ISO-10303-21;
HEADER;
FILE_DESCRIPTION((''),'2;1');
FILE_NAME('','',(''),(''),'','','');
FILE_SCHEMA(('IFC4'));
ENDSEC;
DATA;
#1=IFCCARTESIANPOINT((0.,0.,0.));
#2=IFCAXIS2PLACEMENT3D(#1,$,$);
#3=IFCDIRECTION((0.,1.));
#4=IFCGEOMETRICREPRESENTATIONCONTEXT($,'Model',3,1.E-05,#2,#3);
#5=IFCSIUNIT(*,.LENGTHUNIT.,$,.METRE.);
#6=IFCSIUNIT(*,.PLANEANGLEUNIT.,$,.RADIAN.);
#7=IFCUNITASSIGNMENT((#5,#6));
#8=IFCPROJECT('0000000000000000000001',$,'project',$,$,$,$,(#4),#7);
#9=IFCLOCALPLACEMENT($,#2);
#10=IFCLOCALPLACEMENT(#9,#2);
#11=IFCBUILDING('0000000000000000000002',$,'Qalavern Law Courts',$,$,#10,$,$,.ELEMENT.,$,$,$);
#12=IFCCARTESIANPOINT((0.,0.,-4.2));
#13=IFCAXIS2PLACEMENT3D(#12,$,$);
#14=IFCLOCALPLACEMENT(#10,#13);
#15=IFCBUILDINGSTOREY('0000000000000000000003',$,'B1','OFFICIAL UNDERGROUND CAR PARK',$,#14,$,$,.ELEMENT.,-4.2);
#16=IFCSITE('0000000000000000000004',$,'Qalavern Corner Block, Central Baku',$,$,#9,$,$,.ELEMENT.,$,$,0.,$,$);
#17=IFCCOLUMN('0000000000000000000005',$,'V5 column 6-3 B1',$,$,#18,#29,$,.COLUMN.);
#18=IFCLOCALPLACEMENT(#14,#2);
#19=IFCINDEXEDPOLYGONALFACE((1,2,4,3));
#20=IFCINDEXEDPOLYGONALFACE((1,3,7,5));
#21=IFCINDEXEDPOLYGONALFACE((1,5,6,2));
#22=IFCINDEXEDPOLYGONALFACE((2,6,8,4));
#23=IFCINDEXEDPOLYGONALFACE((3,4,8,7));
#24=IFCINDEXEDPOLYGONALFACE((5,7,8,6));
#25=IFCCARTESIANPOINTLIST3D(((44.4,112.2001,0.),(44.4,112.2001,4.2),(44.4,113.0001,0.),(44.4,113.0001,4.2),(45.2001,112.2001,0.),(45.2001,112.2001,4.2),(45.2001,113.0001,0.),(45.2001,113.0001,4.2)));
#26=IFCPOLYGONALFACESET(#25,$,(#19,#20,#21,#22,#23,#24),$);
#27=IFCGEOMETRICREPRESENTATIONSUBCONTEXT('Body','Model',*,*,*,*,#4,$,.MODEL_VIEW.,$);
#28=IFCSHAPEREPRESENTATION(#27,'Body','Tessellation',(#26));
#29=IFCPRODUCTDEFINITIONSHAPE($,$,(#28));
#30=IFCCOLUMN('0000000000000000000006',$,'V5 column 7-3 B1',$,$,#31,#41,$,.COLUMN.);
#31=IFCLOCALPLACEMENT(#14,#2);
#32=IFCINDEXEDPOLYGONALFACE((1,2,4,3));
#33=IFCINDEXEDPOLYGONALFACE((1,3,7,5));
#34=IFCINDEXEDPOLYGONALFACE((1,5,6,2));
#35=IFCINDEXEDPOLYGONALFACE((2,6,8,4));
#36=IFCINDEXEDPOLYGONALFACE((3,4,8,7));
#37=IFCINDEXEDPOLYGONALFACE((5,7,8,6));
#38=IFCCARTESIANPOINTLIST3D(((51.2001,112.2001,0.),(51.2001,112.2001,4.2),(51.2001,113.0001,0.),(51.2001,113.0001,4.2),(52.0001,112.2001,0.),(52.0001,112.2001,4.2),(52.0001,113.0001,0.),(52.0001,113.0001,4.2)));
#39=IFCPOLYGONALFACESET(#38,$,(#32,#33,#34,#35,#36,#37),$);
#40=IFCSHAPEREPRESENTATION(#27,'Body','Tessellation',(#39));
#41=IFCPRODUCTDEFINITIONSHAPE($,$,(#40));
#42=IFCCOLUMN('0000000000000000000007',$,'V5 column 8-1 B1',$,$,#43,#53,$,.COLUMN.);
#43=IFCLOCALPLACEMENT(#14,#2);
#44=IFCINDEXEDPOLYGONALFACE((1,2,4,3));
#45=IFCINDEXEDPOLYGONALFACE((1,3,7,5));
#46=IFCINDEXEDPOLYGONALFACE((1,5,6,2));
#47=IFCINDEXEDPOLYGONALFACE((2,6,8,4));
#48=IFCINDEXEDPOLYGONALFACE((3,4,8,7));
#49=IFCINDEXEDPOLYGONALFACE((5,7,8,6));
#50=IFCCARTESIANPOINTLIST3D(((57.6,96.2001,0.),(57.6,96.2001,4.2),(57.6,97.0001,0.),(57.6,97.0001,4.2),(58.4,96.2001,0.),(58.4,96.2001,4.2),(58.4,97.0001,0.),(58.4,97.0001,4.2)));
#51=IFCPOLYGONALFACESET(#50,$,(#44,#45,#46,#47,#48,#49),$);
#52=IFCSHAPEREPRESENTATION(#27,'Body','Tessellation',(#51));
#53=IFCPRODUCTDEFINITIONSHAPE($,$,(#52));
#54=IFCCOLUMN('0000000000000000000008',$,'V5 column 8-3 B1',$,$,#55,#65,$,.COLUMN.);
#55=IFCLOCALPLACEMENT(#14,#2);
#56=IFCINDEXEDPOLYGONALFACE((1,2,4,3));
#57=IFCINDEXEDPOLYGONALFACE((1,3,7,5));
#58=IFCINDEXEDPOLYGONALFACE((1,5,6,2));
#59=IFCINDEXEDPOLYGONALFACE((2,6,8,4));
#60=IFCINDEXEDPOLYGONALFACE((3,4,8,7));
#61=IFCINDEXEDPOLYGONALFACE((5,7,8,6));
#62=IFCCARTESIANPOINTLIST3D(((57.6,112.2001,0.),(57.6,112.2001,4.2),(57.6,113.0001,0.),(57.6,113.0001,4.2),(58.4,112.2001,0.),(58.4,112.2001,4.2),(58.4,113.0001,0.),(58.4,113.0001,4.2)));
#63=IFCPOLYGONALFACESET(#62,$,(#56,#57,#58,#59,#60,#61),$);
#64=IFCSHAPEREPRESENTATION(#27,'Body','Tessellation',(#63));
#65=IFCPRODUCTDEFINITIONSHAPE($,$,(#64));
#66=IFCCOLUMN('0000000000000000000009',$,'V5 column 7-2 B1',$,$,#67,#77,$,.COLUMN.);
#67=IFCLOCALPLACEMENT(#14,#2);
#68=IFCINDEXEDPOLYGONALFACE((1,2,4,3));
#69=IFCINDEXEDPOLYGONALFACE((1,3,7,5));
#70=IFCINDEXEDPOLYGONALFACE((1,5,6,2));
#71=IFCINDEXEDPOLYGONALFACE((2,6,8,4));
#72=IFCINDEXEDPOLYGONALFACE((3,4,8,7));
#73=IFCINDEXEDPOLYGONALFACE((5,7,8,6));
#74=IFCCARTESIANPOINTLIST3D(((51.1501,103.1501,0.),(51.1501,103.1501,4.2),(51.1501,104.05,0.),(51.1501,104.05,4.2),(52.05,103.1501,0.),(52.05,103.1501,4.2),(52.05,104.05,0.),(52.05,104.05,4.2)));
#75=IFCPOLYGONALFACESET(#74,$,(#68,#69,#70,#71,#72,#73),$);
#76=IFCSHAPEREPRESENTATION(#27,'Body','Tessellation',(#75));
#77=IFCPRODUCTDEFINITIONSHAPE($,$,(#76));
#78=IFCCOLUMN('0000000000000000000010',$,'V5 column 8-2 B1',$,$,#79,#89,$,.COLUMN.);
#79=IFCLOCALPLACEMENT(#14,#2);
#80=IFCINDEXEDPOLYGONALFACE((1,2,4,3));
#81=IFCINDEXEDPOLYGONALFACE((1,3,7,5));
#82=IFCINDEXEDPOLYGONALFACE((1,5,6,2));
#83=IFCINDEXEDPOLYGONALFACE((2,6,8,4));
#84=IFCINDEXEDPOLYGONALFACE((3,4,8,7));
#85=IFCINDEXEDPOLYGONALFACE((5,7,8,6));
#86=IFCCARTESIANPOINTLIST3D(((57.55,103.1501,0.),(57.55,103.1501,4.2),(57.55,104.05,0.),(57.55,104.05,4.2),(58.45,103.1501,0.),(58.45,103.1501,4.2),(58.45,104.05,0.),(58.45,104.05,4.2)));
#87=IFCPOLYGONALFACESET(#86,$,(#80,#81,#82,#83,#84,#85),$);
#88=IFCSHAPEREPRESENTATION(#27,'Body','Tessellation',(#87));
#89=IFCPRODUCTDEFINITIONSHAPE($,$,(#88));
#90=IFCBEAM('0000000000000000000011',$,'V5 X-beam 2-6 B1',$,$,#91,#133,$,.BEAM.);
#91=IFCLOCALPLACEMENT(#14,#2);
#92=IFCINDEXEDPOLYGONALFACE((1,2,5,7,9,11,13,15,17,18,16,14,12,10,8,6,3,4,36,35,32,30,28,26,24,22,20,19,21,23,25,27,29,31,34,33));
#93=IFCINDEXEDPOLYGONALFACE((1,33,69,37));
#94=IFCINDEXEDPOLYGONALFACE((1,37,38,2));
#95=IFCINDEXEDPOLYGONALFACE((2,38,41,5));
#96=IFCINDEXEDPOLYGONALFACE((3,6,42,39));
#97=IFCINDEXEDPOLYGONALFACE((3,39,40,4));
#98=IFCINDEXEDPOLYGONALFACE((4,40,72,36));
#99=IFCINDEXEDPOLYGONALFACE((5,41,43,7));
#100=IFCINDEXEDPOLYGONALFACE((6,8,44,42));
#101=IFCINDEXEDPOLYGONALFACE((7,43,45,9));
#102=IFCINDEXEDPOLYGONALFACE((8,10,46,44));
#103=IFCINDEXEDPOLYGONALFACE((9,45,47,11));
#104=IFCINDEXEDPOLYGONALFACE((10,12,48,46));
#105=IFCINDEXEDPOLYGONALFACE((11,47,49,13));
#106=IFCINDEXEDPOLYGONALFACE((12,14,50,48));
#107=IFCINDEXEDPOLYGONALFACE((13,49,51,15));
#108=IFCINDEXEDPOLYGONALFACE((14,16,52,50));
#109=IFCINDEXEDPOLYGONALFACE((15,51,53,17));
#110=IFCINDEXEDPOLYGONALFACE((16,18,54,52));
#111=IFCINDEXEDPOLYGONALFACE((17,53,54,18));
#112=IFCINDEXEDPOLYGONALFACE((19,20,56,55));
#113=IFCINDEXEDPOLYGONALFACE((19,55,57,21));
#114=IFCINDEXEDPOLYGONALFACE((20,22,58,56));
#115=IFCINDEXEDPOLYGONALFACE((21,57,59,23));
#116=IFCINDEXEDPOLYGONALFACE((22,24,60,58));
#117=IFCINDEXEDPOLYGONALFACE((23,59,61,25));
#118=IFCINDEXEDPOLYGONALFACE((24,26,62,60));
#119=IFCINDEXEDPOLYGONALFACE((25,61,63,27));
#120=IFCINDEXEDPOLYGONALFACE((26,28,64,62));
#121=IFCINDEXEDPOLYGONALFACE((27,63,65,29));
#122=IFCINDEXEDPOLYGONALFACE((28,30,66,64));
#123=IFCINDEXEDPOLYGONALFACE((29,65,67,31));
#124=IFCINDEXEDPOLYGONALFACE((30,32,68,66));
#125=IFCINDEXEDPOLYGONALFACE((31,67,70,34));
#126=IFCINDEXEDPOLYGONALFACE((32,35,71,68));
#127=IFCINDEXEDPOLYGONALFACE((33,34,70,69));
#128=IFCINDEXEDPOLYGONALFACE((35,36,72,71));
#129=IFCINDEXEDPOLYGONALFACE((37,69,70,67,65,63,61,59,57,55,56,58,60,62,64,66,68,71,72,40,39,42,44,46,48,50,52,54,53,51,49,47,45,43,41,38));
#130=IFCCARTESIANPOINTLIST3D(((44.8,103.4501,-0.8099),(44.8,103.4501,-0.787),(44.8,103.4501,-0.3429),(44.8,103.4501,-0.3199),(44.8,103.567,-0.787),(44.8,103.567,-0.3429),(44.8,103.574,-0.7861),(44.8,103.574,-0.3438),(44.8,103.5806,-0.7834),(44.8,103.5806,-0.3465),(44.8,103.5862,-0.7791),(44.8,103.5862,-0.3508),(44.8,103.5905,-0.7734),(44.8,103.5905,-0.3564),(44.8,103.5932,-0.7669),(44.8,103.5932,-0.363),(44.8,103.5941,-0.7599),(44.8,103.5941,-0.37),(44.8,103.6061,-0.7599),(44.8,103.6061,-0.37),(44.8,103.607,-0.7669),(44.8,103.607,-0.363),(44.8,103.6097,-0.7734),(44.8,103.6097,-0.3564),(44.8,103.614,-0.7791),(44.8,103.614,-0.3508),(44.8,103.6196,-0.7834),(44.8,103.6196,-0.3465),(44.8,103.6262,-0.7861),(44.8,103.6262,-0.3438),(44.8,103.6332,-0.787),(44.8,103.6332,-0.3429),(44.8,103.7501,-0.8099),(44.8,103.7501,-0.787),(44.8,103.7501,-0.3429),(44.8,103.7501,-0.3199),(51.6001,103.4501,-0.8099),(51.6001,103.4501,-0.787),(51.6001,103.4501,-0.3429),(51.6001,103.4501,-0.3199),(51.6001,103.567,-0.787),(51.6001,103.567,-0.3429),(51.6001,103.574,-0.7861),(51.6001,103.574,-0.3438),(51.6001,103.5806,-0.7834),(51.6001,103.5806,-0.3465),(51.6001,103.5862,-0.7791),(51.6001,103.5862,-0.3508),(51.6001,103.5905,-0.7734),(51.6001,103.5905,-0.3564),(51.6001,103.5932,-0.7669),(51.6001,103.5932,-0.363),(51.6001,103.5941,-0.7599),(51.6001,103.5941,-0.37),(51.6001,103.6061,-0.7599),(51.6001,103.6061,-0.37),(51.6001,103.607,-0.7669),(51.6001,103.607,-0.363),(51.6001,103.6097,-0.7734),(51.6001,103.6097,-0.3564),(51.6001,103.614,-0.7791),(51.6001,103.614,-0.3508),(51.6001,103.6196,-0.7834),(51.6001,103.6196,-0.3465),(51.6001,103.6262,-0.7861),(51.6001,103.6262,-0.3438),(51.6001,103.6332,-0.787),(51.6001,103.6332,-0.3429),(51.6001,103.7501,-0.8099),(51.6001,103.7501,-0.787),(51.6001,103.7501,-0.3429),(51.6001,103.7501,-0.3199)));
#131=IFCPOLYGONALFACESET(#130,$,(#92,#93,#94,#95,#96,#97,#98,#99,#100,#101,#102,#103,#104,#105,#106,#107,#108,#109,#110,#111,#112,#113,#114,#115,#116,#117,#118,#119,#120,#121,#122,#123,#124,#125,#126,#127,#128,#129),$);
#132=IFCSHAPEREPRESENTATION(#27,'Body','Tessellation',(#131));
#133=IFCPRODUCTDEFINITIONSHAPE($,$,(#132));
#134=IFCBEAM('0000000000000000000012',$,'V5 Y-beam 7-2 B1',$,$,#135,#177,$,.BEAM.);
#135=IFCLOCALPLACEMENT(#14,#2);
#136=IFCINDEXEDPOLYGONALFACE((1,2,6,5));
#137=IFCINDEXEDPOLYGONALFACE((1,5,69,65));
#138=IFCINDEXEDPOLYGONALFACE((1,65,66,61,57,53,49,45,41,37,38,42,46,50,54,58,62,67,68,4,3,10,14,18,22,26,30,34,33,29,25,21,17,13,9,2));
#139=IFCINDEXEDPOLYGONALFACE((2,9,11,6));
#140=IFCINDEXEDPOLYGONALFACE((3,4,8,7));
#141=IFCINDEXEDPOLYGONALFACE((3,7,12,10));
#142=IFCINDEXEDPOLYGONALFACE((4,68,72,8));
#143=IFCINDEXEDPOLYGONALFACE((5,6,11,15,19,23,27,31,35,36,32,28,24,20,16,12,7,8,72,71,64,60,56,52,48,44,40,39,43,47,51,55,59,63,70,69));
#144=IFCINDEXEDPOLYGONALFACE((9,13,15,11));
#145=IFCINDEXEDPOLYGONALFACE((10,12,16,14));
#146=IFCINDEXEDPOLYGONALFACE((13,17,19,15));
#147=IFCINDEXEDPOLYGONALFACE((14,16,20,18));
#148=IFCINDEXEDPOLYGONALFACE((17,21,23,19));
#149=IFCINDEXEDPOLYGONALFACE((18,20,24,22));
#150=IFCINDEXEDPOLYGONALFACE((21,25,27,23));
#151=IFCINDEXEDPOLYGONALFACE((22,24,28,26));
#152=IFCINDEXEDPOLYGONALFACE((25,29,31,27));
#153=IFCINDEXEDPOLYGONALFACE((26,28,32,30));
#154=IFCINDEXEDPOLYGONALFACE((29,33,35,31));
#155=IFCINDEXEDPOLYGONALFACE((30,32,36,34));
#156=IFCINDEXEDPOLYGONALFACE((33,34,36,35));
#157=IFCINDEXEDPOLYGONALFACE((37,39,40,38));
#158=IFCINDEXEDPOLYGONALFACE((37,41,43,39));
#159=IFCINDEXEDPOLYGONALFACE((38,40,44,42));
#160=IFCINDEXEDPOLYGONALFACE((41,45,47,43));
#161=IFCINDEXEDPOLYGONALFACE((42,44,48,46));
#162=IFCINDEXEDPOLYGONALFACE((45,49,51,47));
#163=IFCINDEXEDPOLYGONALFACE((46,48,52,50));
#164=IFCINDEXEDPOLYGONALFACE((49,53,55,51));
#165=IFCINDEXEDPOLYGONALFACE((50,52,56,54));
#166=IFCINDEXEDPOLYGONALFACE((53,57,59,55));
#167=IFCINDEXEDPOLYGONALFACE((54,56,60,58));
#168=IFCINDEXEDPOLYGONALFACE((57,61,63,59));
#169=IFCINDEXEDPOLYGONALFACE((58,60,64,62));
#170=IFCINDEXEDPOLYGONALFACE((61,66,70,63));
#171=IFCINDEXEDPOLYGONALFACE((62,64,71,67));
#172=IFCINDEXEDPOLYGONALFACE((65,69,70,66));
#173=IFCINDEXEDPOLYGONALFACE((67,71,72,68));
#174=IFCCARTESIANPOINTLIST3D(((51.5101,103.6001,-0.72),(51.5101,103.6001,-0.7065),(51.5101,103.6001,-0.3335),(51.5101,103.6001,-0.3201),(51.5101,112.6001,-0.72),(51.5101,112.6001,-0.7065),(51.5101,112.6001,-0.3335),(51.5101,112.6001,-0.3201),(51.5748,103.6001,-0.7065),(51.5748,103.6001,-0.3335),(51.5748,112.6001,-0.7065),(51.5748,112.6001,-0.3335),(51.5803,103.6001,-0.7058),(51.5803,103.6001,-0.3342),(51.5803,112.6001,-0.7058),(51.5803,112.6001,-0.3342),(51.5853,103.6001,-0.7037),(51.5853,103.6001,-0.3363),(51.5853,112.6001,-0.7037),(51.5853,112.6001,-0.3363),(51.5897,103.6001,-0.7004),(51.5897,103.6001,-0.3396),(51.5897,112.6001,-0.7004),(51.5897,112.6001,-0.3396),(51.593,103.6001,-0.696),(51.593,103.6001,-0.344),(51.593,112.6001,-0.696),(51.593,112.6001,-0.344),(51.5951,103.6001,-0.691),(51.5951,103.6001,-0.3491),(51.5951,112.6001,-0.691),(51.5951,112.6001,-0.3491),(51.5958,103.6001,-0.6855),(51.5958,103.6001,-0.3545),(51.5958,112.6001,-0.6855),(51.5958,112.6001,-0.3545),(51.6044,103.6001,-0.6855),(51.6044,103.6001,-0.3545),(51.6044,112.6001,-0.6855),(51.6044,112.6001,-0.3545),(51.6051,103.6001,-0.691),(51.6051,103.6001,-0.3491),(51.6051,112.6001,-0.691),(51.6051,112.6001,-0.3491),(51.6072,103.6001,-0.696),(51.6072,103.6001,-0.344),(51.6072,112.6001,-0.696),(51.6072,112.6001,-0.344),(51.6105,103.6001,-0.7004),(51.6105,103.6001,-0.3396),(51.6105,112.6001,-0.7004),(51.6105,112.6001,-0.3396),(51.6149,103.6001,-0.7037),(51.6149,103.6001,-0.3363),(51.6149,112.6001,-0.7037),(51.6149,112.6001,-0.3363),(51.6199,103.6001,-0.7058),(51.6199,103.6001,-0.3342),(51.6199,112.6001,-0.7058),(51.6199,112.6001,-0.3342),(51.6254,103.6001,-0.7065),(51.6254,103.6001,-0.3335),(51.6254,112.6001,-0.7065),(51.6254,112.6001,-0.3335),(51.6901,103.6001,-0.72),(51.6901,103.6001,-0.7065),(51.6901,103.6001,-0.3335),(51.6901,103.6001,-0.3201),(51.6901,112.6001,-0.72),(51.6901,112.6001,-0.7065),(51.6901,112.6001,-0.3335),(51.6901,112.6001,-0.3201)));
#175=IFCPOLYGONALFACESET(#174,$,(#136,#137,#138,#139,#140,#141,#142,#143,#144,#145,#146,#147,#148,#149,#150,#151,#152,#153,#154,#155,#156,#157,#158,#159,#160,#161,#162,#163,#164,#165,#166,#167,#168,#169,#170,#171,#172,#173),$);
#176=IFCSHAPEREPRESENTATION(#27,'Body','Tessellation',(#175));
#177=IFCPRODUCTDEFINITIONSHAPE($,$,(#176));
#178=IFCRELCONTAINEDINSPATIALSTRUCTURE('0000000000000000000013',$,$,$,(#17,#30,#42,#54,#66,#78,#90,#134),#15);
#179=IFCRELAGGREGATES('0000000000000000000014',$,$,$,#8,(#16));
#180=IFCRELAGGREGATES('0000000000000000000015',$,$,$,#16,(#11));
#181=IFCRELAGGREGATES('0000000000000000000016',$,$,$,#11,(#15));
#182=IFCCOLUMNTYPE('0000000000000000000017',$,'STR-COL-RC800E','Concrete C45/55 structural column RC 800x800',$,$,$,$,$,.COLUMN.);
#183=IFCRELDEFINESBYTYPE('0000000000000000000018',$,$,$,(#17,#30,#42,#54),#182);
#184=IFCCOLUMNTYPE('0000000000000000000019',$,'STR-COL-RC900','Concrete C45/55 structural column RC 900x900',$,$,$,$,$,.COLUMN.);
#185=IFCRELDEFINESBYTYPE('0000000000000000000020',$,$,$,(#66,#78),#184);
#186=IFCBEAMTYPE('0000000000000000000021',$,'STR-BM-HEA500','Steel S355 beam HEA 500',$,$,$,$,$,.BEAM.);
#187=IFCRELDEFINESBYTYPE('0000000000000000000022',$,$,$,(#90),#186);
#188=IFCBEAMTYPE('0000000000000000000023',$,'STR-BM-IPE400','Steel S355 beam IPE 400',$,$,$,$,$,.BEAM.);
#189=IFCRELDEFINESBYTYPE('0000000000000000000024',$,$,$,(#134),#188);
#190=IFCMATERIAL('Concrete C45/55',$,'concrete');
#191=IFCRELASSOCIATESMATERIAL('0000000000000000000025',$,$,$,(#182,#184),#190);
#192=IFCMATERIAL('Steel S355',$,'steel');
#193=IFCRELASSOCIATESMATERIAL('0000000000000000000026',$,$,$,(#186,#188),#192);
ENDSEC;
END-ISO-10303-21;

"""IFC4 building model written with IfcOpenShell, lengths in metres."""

from ifc_helpers import new_model, si_unit, direction, frame, origin, origin_2d, place, context, subcontext, project, spatial, rectangle, i_section, extrude, material, material_profile, profile_set, type_object, element, save


model = new_model("IFC4")

# Units and contexts
model_context = context("Model", 3, precision=1e-05, world=origin(), true_north=direction((0.0, 1.0)))
body_context = subcontext(model_context, "Body", "Model", "MODEL_VIEW")
ifc_project = project(units=[si_unit("LENGTHUNIT", "METRE"), si_unit("PLANEANGLEUNIT", "RADIAN")], contexts=[model_context])

# Site, building, storey
site_placement = place(None, origin())
site = spatial("IfcSite", under=ifc_project, at=site_placement, Name="Qalavern Corner Block, Central Baku", CompositionType="ELEMENT", RefElevation=0.0)
building_placement = place(site_placement, origin())
building = spatial("IfcBuilding", under=site, at=building_placement, Name="Qalavern Law Courts", CompositionType="ELEMENT")
storey_placement = place(building_placement, frame((0.0, 0.0, -4.2)))
storey = spatial("IfcBuildingStorey", under=building, at=storey_placement, Name="B1", Description="OFFICIAL UNDERGROUND CAR PARK", CompositionType="ELEMENT", Elevation=-4.2)

# Columns
ifc_material_1 = material(Name="Concrete C45/55", Category="concrete")
ifc_material_profile_1 = material_profile(ifc_material_1, rectangle(XDim=0.8, YDim=0.8, at=origin_2d()), Name="RC 800x800")
ifc_profile_set_1 = profile_set([ifc_material_profile_1], Name="Concrete C45/55")
column_type_1 = type_object("IfcColumnType", Name="STR-COL-RC800E", Description="Concrete C45/55 structural column RC 800x800", PredefinedType="COLUMN", material=ifc_profile_set_1)
for number, where, z_axis, x_axis, name in (
    (1, (44.8, 112.6001, 0.0), (0.0, 0.0, 1.0), (1.0, 0.0, 0.0), "V5 column 6-3 B1"),
    (2, (51.6001, 112.6001, 0.0), (0.0, 0.0, 1.0), (1.0, 0.0, 0.0), "V5 column 7-3 B1"),
    (3, (58.0, 96.6001, 0.0), (0.0, 0.0, 1.0), (1.0, 0.0, 0.0), "V5 column 8-1 B1"),
    (4, (58.0, 112.6001, 0.0), (0.0, 0.0, 1.0), (1.0, 0.0, 0.0), "V5 column 8-3 B1"),
):
    element("IfcColumn", number, at=place(storey_placement, frame(where, z_axis=z_axis, x_axis=x_axis)), inside=storey, type_object=column_type_1, Name=name, PredefinedType="COLUMN", context=body_context, shape_type="SweptSolid", body=[
        extrude(rectangle(XDim=0.8, YDim=0.8, at=origin_2d()), origin(), (0.0, 0.0, 1.0), 4.2),
    ])
ifc_material_profile_2 = material_profile(ifc_material_1, rectangle(XDim=0.8999, YDim=0.8999, at=origin_2d()), Name="RC 900x900")
ifc_profile_set_2 = profile_set([ifc_material_profile_2], Name="Concrete C45/55")
column_type_2 = type_object("IfcColumnType", Name="STR-COL-RC900", Description="Concrete C45/55 structural column RC 900x900", PredefinedType="COLUMN", material=ifc_profile_set_2)
for number, where, z_axis, x_axis, name in (
    (5, (51.6001, 103.6001, 0.0), (0.0, 0.0, 1.0), (1.0, 0.0, 0.0), "V5 column 7-2 B1"),
    (6, (58.0, 103.6001, 0.0), (0.0, 0.0, 1.0), (1.0, 0.0, 0.0), "V5 column 8-2 B1"),
):
    element("IfcColumn", number, at=place(storey_placement, frame(where, z_axis=z_axis, x_axis=x_axis)), inside=storey, type_object=column_type_2, Name=name, PredefinedType="COLUMN", context=body_context, shape_type="SweptSolid", body=[
        extrude(rectangle(XDim=0.8999, YDim=0.8999, at=origin_2d()), origin(), (0.0, 0.0, 1.0), 4.2),
    ])

# Beams
ifc_material_2 = material(Name="Steel S355", Category="steel")
ifc_material_profile_3 = material_profile(ifc_material_2, i_section(OverallWidth=0.3, OverallDepth=0.49, WebThickness=0.012, FlangeThickness=0.0229, FilletRadius=0.0271, at=origin_2d()), Name="HEA 500")
ifc_profile_set_3 = profile_set([ifc_material_profile_3], Name="Steel S355")
beam_type_1 = type_object("IfcBeamType", Name="STR-BM-HEA500", Description="Steel S355 beam HEA 500", PredefinedType="BEAM", material=ifc_profile_set_3)
beam_1_placement = place(storey_placement, frame((44.8, 103.6001, -0.5649), z_axis=(1.0, 0.0, 0.0), x_axis=(0.0, 1.0, 0.0)))
element("IfcBeam", 7, at=beam_1_placement, inside=storey, type_object=beam_type_1, Name="V5 X-beam 2-6 B1", PredefinedType="BEAM", context=body_context, shape_type="SweptSolid", body=[
    extrude(i_section(OverallWidth=0.3, OverallDepth=0.49, WebThickness=0.012, FlangeThickness=0.0229, FilletRadius=0.0271, at=origin_2d()), origin(), (0.0, 0.0, 1.0), 6.8),
])
ifc_material_profile_4 = material_profile(ifc_material_2, i_section(OverallWidth=0.1799, OverallDepth=0.3999, WebThickness=0.0085, FlangeThickness=0.0134, FilletRadius=0.021, at=origin_2d()), Name="IPE 400")
ifc_profile_set_4 = profile_set([ifc_material_profile_4], Name="Steel S355")
beam_type_2 = type_object("IfcBeamType", Name="STR-BM-IPE400", Description="Steel S355 beam IPE 400", PredefinedType="BEAM", material=ifc_profile_set_4)
beam_2_placement = place(storey_placement, frame((51.6001, 103.6001, -0.52), z_axis=(0.0, 1.0, 0.0), x_axis=(-1.0, 0.0, 0.0)))
element("IfcBeam", 8, at=beam_2_placement, inside=storey, type_object=beam_type_2, Name="V5 Y-beam 7-2 B1", PredefinedType="BEAM", context=body_context, shape_type="SweptSolid", body=[
    extrude(i_section(OverallWidth=0.1799, OverallDepth=0.3999, WebThickness=0.0085, FlangeThickness=0.0134, FilletRadius=0.021, at=origin_2d()), origin(), (0.0, 0.0, 1.0), 9.0),
])

save(model, "model.ifc")
